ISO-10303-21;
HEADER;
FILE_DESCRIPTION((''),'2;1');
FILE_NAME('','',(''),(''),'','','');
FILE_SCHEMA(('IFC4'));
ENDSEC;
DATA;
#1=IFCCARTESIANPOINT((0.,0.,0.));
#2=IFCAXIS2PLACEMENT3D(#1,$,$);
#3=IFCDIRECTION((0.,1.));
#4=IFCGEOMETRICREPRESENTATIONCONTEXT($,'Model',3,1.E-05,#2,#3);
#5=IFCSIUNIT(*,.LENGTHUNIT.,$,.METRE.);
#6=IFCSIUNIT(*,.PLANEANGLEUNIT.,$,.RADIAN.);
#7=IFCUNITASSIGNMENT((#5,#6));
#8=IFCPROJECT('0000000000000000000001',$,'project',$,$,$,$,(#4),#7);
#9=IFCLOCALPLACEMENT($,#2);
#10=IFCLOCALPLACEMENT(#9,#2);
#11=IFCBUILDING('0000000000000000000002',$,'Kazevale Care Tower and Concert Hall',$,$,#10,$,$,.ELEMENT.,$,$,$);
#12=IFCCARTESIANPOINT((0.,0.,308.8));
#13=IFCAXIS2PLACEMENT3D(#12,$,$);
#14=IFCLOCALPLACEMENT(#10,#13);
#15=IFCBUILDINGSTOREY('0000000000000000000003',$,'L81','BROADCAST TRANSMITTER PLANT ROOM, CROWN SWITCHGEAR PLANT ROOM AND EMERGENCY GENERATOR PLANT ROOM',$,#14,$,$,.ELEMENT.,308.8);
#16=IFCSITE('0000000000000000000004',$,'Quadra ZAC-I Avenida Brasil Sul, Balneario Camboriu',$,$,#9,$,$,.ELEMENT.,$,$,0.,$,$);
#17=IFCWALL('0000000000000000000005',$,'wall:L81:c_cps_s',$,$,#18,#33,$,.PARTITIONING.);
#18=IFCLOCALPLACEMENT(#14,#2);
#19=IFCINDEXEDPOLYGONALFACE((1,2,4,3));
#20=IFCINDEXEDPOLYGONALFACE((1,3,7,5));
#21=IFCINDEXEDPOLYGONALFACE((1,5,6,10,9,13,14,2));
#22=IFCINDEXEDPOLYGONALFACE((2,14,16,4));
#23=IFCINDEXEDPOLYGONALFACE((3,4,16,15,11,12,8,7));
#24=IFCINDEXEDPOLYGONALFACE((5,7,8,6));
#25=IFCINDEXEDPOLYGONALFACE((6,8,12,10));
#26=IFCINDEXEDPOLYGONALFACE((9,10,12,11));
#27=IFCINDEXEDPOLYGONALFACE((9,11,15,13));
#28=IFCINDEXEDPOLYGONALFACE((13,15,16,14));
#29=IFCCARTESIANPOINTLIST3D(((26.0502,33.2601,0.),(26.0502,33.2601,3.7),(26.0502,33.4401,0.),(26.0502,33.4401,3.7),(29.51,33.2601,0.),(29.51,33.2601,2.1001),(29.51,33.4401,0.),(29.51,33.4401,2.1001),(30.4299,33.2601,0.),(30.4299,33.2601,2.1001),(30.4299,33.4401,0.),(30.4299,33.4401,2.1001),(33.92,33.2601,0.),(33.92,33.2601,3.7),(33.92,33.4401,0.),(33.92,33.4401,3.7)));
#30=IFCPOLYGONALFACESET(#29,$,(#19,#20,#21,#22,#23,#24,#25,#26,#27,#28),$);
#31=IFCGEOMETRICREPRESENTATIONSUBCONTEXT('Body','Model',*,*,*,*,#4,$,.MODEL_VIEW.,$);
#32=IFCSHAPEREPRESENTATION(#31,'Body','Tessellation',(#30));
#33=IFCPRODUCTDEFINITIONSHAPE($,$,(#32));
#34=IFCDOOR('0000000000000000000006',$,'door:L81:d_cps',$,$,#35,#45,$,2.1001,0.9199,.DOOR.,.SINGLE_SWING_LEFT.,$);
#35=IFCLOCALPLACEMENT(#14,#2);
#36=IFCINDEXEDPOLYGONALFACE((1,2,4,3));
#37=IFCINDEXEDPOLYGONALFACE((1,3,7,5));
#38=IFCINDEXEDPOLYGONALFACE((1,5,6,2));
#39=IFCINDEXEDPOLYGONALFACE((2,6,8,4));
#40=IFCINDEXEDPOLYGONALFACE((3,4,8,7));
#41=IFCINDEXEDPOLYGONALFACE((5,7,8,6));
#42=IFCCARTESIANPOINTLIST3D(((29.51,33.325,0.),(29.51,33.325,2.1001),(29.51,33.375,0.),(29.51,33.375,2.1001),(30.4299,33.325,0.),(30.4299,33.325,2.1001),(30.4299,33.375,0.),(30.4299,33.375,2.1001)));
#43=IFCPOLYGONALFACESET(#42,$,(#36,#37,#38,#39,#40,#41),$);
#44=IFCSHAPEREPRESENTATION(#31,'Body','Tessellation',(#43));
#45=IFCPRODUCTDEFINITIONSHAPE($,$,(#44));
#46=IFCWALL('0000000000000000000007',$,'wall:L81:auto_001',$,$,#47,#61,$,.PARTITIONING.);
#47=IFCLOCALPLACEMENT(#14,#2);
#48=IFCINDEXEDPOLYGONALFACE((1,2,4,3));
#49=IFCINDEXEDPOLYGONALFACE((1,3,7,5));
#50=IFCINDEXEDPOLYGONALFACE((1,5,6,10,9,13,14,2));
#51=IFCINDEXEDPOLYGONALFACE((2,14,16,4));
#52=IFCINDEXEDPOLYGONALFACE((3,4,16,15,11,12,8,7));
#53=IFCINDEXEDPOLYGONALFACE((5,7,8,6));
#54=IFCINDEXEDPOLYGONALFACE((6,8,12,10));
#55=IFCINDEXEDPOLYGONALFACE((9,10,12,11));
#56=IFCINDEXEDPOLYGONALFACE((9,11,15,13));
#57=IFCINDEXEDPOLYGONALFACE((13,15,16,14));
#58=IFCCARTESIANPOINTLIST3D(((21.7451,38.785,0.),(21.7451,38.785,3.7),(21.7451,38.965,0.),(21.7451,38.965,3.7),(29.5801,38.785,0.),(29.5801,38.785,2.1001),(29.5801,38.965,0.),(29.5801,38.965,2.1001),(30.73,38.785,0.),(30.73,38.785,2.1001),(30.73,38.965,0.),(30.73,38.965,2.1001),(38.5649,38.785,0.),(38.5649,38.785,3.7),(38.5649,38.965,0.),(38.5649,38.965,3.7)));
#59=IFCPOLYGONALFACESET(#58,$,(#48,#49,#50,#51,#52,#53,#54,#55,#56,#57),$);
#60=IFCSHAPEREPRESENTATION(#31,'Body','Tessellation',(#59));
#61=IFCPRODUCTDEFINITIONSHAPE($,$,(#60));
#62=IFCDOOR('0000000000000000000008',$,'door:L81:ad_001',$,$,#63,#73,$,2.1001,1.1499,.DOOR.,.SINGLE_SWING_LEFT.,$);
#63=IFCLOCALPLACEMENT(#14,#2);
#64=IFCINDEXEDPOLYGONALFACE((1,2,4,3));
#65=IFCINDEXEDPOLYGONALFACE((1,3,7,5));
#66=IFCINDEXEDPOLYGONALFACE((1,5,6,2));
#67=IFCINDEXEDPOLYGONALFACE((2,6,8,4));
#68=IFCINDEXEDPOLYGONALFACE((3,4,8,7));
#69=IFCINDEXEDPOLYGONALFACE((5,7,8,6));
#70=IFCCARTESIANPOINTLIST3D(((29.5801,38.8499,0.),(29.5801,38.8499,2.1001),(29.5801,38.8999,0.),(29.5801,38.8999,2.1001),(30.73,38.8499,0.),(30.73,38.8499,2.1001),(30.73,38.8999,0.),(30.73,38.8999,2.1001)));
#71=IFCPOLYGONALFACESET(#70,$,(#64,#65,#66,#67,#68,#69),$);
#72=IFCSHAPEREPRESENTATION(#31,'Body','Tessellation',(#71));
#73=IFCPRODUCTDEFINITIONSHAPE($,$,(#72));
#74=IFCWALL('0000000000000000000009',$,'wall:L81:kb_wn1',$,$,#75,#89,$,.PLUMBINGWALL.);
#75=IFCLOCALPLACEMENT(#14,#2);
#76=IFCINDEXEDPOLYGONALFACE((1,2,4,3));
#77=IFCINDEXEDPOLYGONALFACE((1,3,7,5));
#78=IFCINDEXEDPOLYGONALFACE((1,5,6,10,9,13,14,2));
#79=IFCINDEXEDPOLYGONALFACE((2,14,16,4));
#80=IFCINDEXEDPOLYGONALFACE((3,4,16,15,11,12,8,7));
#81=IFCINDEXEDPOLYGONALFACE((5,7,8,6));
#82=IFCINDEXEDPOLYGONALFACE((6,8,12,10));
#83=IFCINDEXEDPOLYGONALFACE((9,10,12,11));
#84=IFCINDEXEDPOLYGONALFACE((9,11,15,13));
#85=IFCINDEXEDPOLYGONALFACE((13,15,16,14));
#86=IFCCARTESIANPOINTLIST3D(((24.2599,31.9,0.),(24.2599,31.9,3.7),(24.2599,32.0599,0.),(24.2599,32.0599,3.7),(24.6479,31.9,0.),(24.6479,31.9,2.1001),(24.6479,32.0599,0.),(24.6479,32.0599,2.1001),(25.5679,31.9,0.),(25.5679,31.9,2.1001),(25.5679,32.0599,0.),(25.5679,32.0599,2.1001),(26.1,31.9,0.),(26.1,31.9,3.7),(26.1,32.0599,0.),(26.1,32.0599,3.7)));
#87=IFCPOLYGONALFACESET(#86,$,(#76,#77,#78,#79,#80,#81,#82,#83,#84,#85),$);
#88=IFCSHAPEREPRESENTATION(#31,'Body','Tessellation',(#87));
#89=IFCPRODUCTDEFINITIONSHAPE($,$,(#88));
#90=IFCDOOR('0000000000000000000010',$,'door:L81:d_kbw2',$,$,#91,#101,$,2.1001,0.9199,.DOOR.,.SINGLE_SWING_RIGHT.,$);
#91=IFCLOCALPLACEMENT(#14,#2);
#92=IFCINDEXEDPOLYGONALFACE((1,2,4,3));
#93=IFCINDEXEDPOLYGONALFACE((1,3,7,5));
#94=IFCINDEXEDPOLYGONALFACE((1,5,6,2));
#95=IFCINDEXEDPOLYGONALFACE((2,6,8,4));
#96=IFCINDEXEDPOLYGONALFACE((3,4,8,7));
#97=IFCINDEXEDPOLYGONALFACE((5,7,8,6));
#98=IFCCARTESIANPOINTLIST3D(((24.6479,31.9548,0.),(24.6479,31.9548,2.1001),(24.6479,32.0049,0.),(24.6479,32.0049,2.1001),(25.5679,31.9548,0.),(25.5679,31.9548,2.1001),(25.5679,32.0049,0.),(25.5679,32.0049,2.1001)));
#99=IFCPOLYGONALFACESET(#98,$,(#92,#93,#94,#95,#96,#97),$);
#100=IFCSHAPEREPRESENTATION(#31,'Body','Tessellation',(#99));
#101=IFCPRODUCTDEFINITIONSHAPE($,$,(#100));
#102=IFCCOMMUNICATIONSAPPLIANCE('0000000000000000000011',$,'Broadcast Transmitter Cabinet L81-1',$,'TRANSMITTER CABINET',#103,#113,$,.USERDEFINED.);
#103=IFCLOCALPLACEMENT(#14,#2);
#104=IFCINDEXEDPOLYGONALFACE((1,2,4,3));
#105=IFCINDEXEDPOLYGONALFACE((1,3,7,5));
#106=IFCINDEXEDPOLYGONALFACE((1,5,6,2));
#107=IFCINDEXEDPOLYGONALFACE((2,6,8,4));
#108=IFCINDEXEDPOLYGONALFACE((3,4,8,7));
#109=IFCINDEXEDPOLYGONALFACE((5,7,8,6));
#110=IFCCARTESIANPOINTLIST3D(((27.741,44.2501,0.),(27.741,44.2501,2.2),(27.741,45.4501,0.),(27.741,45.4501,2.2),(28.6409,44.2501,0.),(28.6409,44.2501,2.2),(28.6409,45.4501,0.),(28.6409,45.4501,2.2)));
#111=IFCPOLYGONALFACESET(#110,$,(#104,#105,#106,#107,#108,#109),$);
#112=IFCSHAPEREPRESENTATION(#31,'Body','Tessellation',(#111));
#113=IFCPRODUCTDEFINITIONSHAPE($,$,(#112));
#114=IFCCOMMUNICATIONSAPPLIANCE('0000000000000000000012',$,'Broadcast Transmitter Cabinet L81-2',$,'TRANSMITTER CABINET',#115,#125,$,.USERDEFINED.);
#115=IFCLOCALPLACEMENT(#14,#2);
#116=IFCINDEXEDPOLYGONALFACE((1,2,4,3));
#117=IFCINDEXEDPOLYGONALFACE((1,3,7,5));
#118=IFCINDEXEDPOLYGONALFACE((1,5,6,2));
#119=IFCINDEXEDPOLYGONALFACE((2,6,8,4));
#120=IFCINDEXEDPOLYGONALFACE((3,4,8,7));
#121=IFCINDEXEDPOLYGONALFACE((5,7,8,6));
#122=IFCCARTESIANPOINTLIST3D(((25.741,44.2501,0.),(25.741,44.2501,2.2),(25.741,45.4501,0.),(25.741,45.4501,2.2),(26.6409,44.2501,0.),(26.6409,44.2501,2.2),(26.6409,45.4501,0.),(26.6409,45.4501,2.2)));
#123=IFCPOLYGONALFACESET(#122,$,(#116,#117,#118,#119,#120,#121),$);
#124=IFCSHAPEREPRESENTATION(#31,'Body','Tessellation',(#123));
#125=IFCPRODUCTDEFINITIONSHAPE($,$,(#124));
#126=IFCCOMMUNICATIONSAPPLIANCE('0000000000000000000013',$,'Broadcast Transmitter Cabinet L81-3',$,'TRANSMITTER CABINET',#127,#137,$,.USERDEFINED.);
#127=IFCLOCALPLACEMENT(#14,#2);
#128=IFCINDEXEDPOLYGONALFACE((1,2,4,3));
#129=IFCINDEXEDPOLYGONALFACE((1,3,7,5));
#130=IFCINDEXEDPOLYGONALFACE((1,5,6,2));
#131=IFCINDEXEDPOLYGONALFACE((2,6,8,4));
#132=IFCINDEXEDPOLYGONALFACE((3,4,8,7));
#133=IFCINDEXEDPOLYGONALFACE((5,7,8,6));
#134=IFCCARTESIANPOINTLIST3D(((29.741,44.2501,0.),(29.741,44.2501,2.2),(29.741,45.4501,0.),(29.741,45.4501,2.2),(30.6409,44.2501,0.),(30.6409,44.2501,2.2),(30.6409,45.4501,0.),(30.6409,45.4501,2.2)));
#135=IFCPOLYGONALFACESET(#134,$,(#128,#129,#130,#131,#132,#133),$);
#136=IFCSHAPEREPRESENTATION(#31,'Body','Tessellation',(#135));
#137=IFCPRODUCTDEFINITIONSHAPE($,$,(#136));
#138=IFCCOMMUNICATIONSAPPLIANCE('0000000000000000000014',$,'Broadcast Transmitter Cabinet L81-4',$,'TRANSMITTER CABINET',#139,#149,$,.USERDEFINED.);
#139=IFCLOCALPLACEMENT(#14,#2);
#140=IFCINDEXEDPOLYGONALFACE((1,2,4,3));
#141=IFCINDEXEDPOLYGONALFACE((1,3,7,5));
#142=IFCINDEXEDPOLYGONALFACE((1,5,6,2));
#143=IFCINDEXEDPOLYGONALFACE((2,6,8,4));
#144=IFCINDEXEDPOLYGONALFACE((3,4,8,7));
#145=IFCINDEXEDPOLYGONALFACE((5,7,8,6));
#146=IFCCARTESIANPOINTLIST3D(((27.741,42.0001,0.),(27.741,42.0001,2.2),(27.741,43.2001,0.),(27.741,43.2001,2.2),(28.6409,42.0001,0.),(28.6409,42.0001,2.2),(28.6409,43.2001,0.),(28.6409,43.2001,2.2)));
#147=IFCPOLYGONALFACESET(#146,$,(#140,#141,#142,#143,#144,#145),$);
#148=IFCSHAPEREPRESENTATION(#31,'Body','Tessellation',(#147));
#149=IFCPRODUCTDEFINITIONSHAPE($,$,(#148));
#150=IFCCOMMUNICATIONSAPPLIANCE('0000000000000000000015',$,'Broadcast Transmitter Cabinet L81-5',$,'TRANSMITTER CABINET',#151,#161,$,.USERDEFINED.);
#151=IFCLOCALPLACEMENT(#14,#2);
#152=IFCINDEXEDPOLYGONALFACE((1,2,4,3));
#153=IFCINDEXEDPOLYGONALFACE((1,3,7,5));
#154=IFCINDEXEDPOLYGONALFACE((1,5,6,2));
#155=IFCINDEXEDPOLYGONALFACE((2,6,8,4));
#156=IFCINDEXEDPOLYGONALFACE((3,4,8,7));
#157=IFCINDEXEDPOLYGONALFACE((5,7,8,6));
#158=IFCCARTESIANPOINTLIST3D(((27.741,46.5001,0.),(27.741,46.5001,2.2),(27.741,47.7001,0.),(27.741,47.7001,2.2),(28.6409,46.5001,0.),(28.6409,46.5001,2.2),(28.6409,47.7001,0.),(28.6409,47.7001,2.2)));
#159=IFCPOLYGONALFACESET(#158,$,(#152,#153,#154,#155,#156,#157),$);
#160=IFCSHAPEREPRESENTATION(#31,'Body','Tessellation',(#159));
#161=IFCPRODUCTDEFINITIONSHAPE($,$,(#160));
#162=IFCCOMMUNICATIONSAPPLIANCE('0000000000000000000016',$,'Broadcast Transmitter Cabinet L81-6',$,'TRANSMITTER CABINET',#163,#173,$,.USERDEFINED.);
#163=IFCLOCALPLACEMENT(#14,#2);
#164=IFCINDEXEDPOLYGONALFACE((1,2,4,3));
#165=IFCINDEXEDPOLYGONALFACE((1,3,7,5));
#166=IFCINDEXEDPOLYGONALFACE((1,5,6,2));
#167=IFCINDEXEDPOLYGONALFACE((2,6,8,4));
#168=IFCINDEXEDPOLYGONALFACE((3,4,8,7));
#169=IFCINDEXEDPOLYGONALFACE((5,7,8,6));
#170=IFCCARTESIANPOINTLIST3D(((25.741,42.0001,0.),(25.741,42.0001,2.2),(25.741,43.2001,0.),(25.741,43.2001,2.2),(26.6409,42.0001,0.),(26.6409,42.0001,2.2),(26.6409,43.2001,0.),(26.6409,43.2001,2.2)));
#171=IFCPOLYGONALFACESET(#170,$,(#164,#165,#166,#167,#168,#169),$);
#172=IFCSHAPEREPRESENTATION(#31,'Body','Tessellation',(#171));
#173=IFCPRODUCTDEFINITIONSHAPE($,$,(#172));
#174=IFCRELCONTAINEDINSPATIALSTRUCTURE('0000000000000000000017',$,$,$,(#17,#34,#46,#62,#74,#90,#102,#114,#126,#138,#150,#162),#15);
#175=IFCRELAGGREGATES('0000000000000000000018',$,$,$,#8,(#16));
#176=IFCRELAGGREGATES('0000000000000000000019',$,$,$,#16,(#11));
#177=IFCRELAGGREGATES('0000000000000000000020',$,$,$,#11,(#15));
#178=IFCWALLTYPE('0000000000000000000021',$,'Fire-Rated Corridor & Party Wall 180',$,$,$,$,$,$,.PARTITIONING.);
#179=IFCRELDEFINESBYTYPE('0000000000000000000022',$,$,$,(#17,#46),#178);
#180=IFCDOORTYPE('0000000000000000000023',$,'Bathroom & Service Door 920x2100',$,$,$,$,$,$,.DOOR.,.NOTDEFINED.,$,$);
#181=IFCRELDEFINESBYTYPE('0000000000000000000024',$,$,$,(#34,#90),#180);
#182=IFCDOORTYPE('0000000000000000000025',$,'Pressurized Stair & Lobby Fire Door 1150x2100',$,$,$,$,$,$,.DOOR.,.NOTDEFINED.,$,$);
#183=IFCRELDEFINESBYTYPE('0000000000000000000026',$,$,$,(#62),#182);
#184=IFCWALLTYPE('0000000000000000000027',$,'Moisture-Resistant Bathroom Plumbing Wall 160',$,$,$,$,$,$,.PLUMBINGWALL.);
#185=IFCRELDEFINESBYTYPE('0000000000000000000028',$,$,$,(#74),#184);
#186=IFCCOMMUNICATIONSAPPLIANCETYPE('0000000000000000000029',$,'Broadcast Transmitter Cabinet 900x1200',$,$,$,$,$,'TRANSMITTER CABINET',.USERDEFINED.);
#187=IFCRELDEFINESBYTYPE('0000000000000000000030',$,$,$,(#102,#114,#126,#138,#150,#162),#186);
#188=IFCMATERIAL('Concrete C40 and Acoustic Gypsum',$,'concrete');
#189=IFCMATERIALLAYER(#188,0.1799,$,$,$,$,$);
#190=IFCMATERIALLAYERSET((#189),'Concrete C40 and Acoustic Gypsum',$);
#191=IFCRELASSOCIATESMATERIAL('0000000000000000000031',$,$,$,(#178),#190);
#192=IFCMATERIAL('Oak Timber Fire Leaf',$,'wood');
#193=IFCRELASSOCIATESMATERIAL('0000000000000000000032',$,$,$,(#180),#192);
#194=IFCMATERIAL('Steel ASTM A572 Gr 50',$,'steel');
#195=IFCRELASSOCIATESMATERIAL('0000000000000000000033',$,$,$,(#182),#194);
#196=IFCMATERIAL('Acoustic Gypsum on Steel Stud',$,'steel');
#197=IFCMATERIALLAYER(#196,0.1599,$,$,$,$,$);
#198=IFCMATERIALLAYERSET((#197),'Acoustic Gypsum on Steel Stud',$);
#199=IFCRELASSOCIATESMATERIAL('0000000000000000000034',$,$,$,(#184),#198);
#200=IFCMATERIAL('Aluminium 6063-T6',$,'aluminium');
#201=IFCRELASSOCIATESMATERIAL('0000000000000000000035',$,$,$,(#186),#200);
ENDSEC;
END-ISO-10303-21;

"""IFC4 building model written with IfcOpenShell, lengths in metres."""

from ifc_helpers import new_model, si_unit, direction, frame, frame_2d, origin, origin_2d, place, context, subcontext, project, spatial, rectangle, extrude, material, layer, layer_set, type_object, element, fill, save


model = new_model("IFC4")

# Units and contexts
model_context = context("Model", 3, precision=1e-05, world=origin(), true_north=direction((0.0, 1.0)))
body_context = subcontext(model_context, "Body", "Model", "MODEL_VIEW")
ifc_project = project(units=[si_unit("LENGTHUNIT", "METRE"), si_unit("PLANEANGLEUNIT", "RADIAN")], contexts=[model_context])

# Site, building, storey
site_placement = place(None, origin())
site = spatial("IfcSite", under=ifc_project, at=site_placement, Name="Quadra ZAC-I Avenida Brasil Sul, Balneario Camboriu", CompositionType="ELEMENT", RefElevation=0.0)
building_placement = place(site_placement, origin())
building = spatial("IfcBuilding", under=site, at=building_placement, Name="Kazevale Care Tower and Concert Hall", CompositionType="ELEMENT")
storey_placement = place(building_placement, frame((0.0, 0.0, 308.8)))
storey = spatial("IfcBuildingStorey", under=building, at=storey_placement, Name="L81", Description="BROADCAST TRANSMITTER PLANT ROOM, CROWN SWITCHGEAR PLANT ROOM AND EMERGENCY GENERATOR PLANT ROOM", CompositionType="ELEMENT", Elevation=308.8)

# Shared definitions
ifc_material_1 = material(Name="Steel ASTM A572 Gr 50", Category="steel")

# Shared definitions
ifc_material_2 = material(Name="Aluminium 6063-T6", Category="aluminium")

# Walls, openings, doors
ifc_material_3 = material(Name="Concrete C40 and Acoustic Gypsum", Category="concrete")
ifc_layer_1 = layer(ifc_material_3, 0.1799)
ifc_layer_set_1 = layer_set([ifc_layer_1], Name="Concrete C40 and Acoustic Gypsum")
wall_type_1 = type_object("IfcWallType", Name="Fire-Rated Corridor & Party Wall 180", PredefinedType="PARTITIONING", material=ifc_layer_set_1)
wall_1_placement = place(storey_placement, frame((26.05, 33.3501, 0.0), z_axis=(0.0, 0.0, 1.0), x_axis=(1.0, 0.0, 0.0)))
wall_1 = element("IfcWall", 1, at=wall_1_placement, inside=storey, type_object=wall_type_1, Name="wall:L81:c_cps_s", PredefinedType="PARTITIONING", context=body_context, shape_type="SweptSolid", body=[
    extrude(rectangle(XDim=7.8699, YDim=0.1799, at=frame_2d((3.9351, 0.0))), origin(), (0.0, 0.0, 1.0), 3.7),
])
opening_1_placement = place(wall_1_placement, frame((3.46, 0.0, 0.0)))
opening_1 = element("IfcOpeningElement", 2, at=opening_1_placement, cuts=wall_1, PredefinedType="OPENING", context=body_context, shape_type="SweptSolid", body=[
    extrude(rectangle(XDim=0.9199, YDim=2.1001, at=frame_2d((0.46, 1.05))), frame((0.0, 0.0999, 0.0), z_axis=(0.0, -1.0, 0.0), x_axis=(1.0, 0.0, 0.0)), (0.0, 0.0, 1.0), 0.2),
])
ifc_material_4 = material(Name="Oak Timber Fire Leaf", Category="wood")
door_type_1 = type_object("IfcDoorType", Name="Bathroom & Service Door 920x2100", OperationType="NOTDEFINED", PredefinedType="DOOR", material=ifc_material_4)
door_1_placement = place(opening_1_placement, origin())
door_1 = element("IfcDoor", 3, at=door_1_placement, inside=storey, type_object=door_type_1, Name="door:L81:d_cps", OperationType="SINGLE_SWING_LEFT", OverallHeight=2.1001, OverallWidth=0.9199, PredefinedType="DOOR", context=body_context, shape_type="SweptSolid", body=[
    extrude(rectangle(XDim=0.9199, YDim=2.1001, at=frame_2d((0.46, 1.05))), frame((0.0, 0.0249, 0.0), z_axis=(0.0, -1.0, 0.0), x_axis=(1.0, 0.0, 0.0)), (0.0, 0.0, 1.0), 0.05),
])
fill(opening_1, door_1)
wall_2_placement = place(storey_placement, frame((21.7451, 38.875, 0.0), z_axis=(0.0, 0.0, 1.0), x_axis=(1.0, 0.0, 0.0)))
wall_2 = element("IfcWall", 4, at=wall_2_placement, inside=storey, type_object=wall_type_1, Name="wall:L81:auto_001", PredefinedType="PARTITIONING", context=body_context, shape_type="SweptSolid", body=[
    extrude(rectangle(XDim=16.8198, YDim=0.1799, at=frame_2d((8.4099, 0.0))), origin(), (0.0, 0.0, 1.0), 3.7),
])
opening_2_placement = place(wall_2_placement, frame((7.835, 0.0, 0.0)))
opening_2 = element("IfcOpeningElement", 5, at=opening_2_placement, cuts=wall_2, PredefinedType="OPENING", context=body_context, shape_type="SweptSolid", body=[
    extrude(rectangle(XDim=1.1499, YDim=2.1001, at=frame_2d((0.575, 1.05))), frame((0.0, 0.0999, 0.0), z_axis=(0.0, -1.0, 0.0), x_axis=(1.0, 0.0, 0.0)), (0.0, 0.0, 1.0), 0.2),
])
door_type_2 = type_object("IfcDoorType", Name="Pressurized Stair & Lobby Fire Door 1150x2100", OperationType="NOTDEFINED", PredefinedType="DOOR", material=ifc_material_1)
door_2_placement = place(opening_2_placement, origin())
door_2 = element("IfcDoor", 6, at=door_2_placement, inside=storey, type_object=door_type_2, Name="door:L81:ad_001", OperationType="SINGLE_SWING_LEFT", OverallHeight=2.1001, OverallWidth=1.1499, PredefinedType="DOOR", context=body_context, shape_type="SweptSolid", body=[
    extrude(rectangle(XDim=1.1499, YDim=2.1001, at=frame_2d((0.575, 1.05))), frame((0.0, 0.0249, 0.0), z_axis=(0.0, -1.0, 0.0), x_axis=(1.0, 0.0, 0.0)), (0.0, 0.0, 1.0), 0.05),
])
fill(opening_2, door_2)
ifc_material_5 = material(Name="Acoustic Gypsum on Steel Stud", Category="steel")
ifc_layer_2 = layer(ifc_material_5, 0.1599)
ifc_layer_set_2 = layer_set([ifc_layer_2], Name="Acoustic Gypsum on Steel Stud")
wall_type_2 = type_object("IfcWallType", Name="Moisture-Resistant Bathroom Plumbing Wall 160", PredefinedType="PLUMBINGWALL", material=ifc_layer_set_2)
wall_3_placement = place(storey_placement, frame((24.26, 31.98, 0.0), z_axis=(0.0, 0.0, 1.0), x_axis=(1.0, 0.0, 0.0)))
wall_3 = element("IfcWall", 7, at=wall_3_placement, inside=storey, type_object=wall_type_2, Name="wall:L81:kb_wn1", PredefinedType="PLUMBINGWALL", context=body_context, shape_type="SweptSolid", body=[
    extrude(rectangle(XDim=1.8401, YDim=0.1599, at=frame_2d((0.9199, 0.0))), origin(), (0.0, 0.0, 1.0), 3.7),
])
opening_3_placement = place(wall_3_placement, frame((0.3879, 0.0, 0.0)))
opening_3 = element("IfcOpeningElement", 8, at=opening_3_placement, cuts=wall_3, PredefinedType="OPENING", context=body_context, shape_type="SweptSolid", body=[
    extrude(rectangle(XDim=0.9199, YDim=2.1001, at=frame_2d((0.46, 1.05))), frame((0.0, 0.0898, 0.0), z_axis=(0.0, -1.0, 0.0), x_axis=(1.0, 0.0, 0.0)), (0.0, 0.0, 1.0), 0.1799),
])
door_3_placement = place(opening_3_placement, origin())
door_3 = element("IfcDoor", 9, at=door_3_placement, inside=storey, type_object=door_type_1, Name="door:L81:d_kbw2", OperationType="SINGLE_SWING_RIGHT", OverallHeight=2.1001, OverallWidth=0.9199, PredefinedType="DOOR", context=body_context, shape_type="SweptSolid", body=[
    extrude(rectangle(XDim=0.9199, YDim=2.1001, at=frame_2d((0.46, 1.05))), frame((0.0, 0.0249, 0.0), z_axis=(0.0, -1.0, 0.0), x_axis=(1.0, 0.0, 0.0)), (0.0, 0.0, 1.0), 0.05),
])
fill(opening_3, door_3)

# Communications appliances
communications_appliance_type = type_object("IfcCommunicationsApplianceType", Name="Broadcast Transmitter Cabinet 900x1200", ElementType="TRANSMITTER CABINET", PredefinedType="USERDEFINED", material=ifc_material_2)
for number, where, z_axis, x_axis, name in (
    (10, (28.1909, 44.8501, 0.0), (0.0, 0.0, 1.0), (1.0, 0.0, 0.0), "Broadcast Transmitter Cabinet L81-1"),
    (11, (26.1909, 44.8501, 0.0), (0.0, 0.0, 1.0), (1.0, 0.0, 0.0), "Broadcast Transmitter Cabinet L81-2"),
    (12, (30.1909, 44.8501, 0.0), (0.0, 0.0, 1.0), (1.0, 0.0, 0.0), "Broadcast Transmitter Cabinet L81-3"),
    (13, (28.1909, 42.6001, 0.0), (0.0, 0.0, 1.0), (1.0, 0.0, 0.0), "Broadcast Transmitter Cabinet L81-4"),
    (14, (28.1909, 47.1001, 0.0), (0.0, 0.0, 1.0), (1.0, 0.0, 0.0), "Broadcast Transmitter Cabinet L81-5"),
    (15, (26.1909, 42.6001, 0.0), (0.0, 0.0, 1.0), (1.0, 0.0, 0.0), "Broadcast Transmitter Cabinet L81-6"),
):
    element("IfcCommunicationsAppliance", number, at=place(storey_placement, frame(where, z_axis=z_axis, x_axis=x_axis)), inside=storey, type_object=communications_appliance_type, Name=name, ObjectType="TRANSMITTER CABINET", PredefinedType="USERDEFINED", context=body_context, shape_type="SweptSolid", body=[
        extrude(rectangle(XDim=0.8999, YDim=1.2, at=origin_2d()), origin(), (0.0, 0.0, 1.0), 2.2),
    ])

save(model, "model.ifc")
